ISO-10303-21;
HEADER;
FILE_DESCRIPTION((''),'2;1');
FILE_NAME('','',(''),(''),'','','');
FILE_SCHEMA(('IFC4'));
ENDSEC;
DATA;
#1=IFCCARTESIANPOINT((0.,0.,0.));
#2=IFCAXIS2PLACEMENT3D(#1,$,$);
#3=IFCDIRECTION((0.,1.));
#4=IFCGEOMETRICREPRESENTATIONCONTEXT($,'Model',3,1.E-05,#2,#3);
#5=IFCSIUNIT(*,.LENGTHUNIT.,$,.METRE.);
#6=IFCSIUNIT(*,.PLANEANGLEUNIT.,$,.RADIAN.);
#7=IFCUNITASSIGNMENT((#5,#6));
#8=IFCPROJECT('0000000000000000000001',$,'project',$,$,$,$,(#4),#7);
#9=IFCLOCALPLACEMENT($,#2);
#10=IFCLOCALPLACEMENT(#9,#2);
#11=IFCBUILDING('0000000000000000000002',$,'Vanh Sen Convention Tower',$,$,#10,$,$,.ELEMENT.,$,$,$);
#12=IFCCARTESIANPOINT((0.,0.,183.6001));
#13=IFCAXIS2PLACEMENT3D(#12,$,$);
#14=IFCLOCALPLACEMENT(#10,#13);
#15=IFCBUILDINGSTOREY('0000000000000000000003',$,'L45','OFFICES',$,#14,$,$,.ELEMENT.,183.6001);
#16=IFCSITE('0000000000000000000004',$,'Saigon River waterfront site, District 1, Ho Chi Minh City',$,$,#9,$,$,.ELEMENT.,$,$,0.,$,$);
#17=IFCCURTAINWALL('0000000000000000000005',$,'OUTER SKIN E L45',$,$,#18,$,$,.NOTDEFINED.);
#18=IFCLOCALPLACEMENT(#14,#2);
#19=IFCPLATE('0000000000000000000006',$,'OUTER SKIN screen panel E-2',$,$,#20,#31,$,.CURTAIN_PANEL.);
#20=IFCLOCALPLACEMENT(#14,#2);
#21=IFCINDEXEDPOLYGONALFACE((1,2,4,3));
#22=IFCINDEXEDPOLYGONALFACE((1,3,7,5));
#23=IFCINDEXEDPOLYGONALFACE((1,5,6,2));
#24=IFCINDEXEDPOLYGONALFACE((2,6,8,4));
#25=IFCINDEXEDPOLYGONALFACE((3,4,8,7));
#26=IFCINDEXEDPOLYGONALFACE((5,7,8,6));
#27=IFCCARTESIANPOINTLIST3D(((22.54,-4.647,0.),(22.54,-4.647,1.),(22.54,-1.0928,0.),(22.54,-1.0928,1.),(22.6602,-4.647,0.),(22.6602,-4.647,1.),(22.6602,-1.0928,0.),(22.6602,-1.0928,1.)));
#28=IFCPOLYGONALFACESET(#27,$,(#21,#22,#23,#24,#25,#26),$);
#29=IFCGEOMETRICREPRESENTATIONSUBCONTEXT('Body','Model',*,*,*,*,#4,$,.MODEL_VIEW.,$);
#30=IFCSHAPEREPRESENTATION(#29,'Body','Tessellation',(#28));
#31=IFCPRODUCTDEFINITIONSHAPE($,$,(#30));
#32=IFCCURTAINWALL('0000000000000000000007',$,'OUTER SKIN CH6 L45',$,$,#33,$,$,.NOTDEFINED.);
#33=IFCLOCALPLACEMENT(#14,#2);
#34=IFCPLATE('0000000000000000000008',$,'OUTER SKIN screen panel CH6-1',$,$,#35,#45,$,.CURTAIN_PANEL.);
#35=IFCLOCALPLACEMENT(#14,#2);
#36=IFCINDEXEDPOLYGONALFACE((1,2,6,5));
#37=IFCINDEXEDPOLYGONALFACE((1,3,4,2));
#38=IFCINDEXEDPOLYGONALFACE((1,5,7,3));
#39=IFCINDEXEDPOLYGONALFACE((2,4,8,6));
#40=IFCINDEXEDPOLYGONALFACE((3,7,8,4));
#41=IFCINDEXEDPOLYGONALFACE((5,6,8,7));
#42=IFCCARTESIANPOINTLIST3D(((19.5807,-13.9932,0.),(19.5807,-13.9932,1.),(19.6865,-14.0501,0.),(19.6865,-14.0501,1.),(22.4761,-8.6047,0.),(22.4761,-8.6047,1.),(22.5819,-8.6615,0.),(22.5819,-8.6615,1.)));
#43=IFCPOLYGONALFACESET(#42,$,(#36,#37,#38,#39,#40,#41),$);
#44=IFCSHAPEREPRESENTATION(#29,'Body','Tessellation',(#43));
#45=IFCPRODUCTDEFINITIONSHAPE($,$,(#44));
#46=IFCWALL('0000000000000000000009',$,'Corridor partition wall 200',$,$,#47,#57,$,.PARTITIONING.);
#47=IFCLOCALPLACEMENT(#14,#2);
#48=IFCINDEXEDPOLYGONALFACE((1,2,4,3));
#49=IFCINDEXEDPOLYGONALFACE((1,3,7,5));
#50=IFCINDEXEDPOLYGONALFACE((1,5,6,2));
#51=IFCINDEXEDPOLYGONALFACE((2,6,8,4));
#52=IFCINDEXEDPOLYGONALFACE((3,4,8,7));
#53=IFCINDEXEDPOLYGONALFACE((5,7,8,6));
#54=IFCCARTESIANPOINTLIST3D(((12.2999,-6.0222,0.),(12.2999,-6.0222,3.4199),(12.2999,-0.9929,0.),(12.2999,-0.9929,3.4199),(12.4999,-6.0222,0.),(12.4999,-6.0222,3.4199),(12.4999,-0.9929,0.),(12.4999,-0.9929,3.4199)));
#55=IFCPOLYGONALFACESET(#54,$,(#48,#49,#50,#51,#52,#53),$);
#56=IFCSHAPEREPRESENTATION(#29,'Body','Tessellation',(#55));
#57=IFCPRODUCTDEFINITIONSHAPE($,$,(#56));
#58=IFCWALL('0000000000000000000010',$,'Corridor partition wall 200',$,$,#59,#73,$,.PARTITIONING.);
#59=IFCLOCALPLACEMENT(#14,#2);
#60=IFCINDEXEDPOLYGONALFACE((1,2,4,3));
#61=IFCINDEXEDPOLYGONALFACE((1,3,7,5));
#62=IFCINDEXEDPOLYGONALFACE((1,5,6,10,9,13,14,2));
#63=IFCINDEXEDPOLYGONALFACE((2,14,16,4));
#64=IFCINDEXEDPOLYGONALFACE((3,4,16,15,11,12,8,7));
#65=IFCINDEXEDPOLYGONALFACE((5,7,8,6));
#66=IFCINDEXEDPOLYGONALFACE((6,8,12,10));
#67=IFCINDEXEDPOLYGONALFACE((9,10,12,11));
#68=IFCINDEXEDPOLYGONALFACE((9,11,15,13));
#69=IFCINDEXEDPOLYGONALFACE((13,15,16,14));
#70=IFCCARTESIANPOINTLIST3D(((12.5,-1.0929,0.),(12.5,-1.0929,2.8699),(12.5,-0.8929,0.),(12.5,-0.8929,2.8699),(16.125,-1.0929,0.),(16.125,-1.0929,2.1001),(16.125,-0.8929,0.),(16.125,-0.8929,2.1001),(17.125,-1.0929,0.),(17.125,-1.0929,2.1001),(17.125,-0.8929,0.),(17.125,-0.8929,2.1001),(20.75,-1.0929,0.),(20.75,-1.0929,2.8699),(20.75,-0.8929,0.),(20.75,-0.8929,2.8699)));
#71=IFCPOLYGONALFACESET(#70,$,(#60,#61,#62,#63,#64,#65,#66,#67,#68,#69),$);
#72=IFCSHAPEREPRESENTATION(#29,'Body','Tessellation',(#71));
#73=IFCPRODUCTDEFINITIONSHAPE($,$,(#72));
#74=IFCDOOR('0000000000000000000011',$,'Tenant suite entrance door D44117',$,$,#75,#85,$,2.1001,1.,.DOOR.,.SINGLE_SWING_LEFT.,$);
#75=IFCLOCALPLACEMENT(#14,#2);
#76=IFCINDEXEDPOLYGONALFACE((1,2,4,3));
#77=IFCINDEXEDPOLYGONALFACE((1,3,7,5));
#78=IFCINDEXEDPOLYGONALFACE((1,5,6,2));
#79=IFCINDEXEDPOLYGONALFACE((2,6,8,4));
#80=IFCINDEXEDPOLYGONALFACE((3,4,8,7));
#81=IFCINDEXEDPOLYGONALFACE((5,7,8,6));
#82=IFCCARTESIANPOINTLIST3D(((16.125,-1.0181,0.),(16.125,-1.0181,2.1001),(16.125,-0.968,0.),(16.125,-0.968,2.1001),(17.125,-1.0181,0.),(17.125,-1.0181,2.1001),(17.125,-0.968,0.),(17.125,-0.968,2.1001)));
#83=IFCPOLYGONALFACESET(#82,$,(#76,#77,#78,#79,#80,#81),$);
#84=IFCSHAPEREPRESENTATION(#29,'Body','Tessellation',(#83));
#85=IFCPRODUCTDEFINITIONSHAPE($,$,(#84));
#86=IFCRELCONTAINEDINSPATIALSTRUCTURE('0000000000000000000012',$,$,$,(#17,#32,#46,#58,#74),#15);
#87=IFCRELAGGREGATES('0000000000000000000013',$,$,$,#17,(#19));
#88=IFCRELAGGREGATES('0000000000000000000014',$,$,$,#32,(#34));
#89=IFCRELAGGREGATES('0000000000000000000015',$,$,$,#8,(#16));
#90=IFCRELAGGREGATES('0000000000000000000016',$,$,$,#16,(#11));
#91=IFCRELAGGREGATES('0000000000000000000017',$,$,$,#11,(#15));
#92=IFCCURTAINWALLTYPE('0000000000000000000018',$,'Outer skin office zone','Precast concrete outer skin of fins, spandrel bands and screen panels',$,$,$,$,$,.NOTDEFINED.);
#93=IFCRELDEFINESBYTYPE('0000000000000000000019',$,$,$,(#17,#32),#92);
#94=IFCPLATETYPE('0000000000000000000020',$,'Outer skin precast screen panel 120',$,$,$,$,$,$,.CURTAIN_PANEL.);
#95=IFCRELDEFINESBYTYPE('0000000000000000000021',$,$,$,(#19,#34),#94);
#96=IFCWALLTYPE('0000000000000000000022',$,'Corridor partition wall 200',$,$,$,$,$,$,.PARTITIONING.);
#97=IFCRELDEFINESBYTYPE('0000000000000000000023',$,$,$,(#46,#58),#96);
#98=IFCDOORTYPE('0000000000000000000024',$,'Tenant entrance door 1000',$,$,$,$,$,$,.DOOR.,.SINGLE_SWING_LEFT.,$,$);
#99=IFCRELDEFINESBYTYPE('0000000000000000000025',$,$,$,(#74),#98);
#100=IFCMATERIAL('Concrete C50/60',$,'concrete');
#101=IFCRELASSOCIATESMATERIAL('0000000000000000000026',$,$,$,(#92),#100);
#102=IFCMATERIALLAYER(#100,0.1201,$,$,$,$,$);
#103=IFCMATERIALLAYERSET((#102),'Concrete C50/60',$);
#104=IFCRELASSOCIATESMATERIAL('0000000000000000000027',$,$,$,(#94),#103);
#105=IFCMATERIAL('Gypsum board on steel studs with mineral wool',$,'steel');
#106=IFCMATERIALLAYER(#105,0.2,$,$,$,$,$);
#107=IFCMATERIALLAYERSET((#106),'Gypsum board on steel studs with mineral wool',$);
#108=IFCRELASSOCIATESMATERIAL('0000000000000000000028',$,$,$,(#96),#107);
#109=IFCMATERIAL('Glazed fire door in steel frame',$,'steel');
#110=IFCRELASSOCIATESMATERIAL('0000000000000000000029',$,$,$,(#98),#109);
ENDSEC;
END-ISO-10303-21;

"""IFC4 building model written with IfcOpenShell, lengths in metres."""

from ifc_helpers import new_model, si_unit, direction, frame, frame_2d, origin, origin_2d, place, context, subcontext, project, spatial, rectangle, extrude, material, layer, layer_set, type_object, element, fill, aggregate, save


model = new_model("IFC4")

# Units and contexts
model_context = context("Model", 3, precision=1e-05, world=origin(), true_north=direction((0.0, 1.0)))
body_context = subcontext(model_context, "Body", "Model", "MODEL_VIEW")
ifc_project = project(units=[si_unit("LENGTHUNIT", "METRE"), si_unit("PLANEANGLEUNIT", "RADIAN")], contexts=[model_context])

# Site, building, storey
site_placement = place(None, origin())
site = spatial("IfcSite", under=ifc_project, at=site_placement, Name="Saigon River waterfront site, District 1, Ho Chi Minh City", CompositionType="ELEMENT", RefElevation=0.0)
building_placement = place(site_placement, origin())
building = spatial("IfcBuilding", under=site, at=building_placement, Name="Vanh Sen Convention Tower", CompositionType="ELEMENT")
storey_placement = place(building_placement, frame((0.0, 0.0, 183.6001)))
storey = spatial("IfcBuildingStorey", under=building, at=storey_placement, Name="L45", Description="OFFICES", CompositionType="ELEMENT", Elevation=183.6001)

# Curtain wall
ifc_material_1 = material(Name="Concrete C50/60", Category="concrete")
curtain_wall_type = type_object("IfcCurtainWallType", Name="Outer skin office zone", Description="Precast concrete outer skin of fins, spandrel bands and screen panels", PredefinedType="NOTDEFINED", material=ifc_material_1)
curtain_wall_1_placement = place(storey_placement, origin())
curtain_wall_1 = element("IfcCurtainWall", 1, at=curtain_wall_1_placement, inside=storey, type_object=curtain_wall_type, Name="OUTER SKIN E L45", PredefinedType="NOTDEFINED")

# Plate
ifc_layer_1 = layer(ifc_material_1, 0.1201)
ifc_layer_set_1 = layer_set([ifc_layer_1], Name="Concrete C50/60")
plate_type = type_object("IfcPlateType", Name="Outer skin precast screen panel 120", PredefinedType="CURTAIN_PANEL", material=ifc_layer_set_1)
plate_1_placement = place(storey_placement, frame((22.6001, -2.8699, 0.0), z_axis=(0.0, 0.0, 1.0), x_axis=(0.0, 1.0, 0.0)))
plate_1 = element("IfcPlate", 2, at=plate_1_placement, type_object=plate_type, Name="OUTER SKIN screen panel E-2", PredefinedType="CURTAIN_PANEL", context=body_context, shape_type="SweptSolid", body=[
    extrude(rectangle(XDim=3.5542, YDim=0.1201, at=origin_2d()), origin(), (0.0, 0.0, 1.0), 1.0),
])
aggregate(curtain_wall_1, [plate_1])

# Curtain wall, plate
curtain_wall_2_placement = place(storey_placement, origin())
curtain_wall_2 = element("IfcCurtainWall", 3, at=curtain_wall_2_placement, inside=storey, type_object=curtain_wall_type, Name="OUTER SKIN CH6 L45", PredefinedType="NOTDEFINED")
plate_2_placement = place(storey_placement, frame((21.0813, -11.3274, 0.0), z_axis=(0.0, 0.0, 1.0), x_axis=(0.473321, 0.88089, 0.0)))
plate_2 = element("IfcPlate", 4, at=plate_2_placement, type_object=plate_type, Name="OUTER SKIN screen panel CH6-1", PredefinedType="CURTAIN_PANEL", context=body_context, shape_type="SweptSolid", body=[
    extrude(rectangle(XDim=6.1172, YDim=0.1201, at=origin_2d()), origin(), (0.0, 0.0, 1.0), 1.0),
])
aggregate(curtain_wall_2, [plate_2])

# Wall
ifc_material_2 = material(Name="Gypsum board on steel studs with mineral wool", Category="steel")
ifc_layer_2 = layer(ifc_material_2, 0.2)
ifc_layer_set_2 = layer_set([ifc_layer_2], Name="Gypsum board on steel studs with mineral wool")
wall_type_1 = type_object("IfcWallType", Name="Corridor partition wall 200", PredefinedType="PARTITIONING", material=ifc_layer_set_2)
wall_1_placement = place(storey_placement, frame((12.3999, -6.0222, 0.0), z_axis=(0.0, 0.0, 1.0), x_axis=(0.0, 1.0, 0.0)))
element("IfcWall", 5, at=wall_1_placement, inside=storey, type_object=wall_type_1, Name="Corridor partition wall 200", PredefinedType="PARTITIONING", context=body_context, shape_type="SweptSolid", body=[
    extrude(rectangle(XDim=5.0293, YDim=0.2, at=frame_2d((2.5146, 0.0))), origin(), (0.0, 0.0, 1.0), 3.4199),
])

# Wall, opening, door
wall_2_placement = place(storey_placement, frame((12.5, -0.9929, 0.0), z_axis=(0.0, 0.0, 1.0), x_axis=(1.0, 0.0, 0.0)))
wall_2 = element("IfcWall", 6, at=wall_2_placement, inside=storey, type_object=wall_type_1, Name="Corridor partition wall 200", PredefinedType="PARTITIONING", context=body_context, shape_type="SweptSolid", body=[
    extrude(rectangle(XDim=8.25, YDim=0.2, at=frame_2d((4.125, 0.0))), origin(), (0.0, 0.0, 1.0), 2.8699),
])
opening_1_placement = place(wall_2_placement, frame((3.625, 0.0, 0.0)))
opening_1 = element("IfcOpeningElement", 7, at=opening_1_placement, cuts=wall_2, PredefinedType="OPENING", context=body_context, shape_type="SweptSolid", body=[
    extrude(rectangle(XDim=1.0, YDim=2.1001, at=frame_2d((0.5, 1.05))), frame((0.0, 0.1099, 0.0), z_axis=(0.0, -1.0, 0.0), x_axis=(1.0, 0.0, 0.0)), (0.0, 0.0, 1.0), 0.22),
])
ifc_material_3 = material(Name="Glazed fire door in steel frame", Category="steel")
door_type = type_object("IfcDoorType", Name="Tenant entrance door 1000", OperationType="SINGLE_SWING_LEFT", PredefinedType="DOOR", material=ifc_material_3)
door_placement = place(opening_1_placement, origin())
door = element("IfcDoor", 8, at=door_placement, inside=storey, type_object=door_type, Name="Tenant suite entrance door D44117", OperationType="SINGLE_SWING_LEFT", OverallHeight=2.1001, OverallWidth=1.0, PredefinedType="DOOR", context=body_context, shape_type="SweptSolid", body=[
    extrude(rectangle(XDim=1.0, YDim=2.1001, at=frame_2d((0.5, 1.05))), frame((0.0, 0.0249, 0.0), z_axis=(0.0, -1.0, 0.0), x_axis=(1.0, 0.0, 0.0)), (0.0, 0.0, 1.0), 0.05),
])
fill(opening_1, door)

save(model, "model.ifc")
